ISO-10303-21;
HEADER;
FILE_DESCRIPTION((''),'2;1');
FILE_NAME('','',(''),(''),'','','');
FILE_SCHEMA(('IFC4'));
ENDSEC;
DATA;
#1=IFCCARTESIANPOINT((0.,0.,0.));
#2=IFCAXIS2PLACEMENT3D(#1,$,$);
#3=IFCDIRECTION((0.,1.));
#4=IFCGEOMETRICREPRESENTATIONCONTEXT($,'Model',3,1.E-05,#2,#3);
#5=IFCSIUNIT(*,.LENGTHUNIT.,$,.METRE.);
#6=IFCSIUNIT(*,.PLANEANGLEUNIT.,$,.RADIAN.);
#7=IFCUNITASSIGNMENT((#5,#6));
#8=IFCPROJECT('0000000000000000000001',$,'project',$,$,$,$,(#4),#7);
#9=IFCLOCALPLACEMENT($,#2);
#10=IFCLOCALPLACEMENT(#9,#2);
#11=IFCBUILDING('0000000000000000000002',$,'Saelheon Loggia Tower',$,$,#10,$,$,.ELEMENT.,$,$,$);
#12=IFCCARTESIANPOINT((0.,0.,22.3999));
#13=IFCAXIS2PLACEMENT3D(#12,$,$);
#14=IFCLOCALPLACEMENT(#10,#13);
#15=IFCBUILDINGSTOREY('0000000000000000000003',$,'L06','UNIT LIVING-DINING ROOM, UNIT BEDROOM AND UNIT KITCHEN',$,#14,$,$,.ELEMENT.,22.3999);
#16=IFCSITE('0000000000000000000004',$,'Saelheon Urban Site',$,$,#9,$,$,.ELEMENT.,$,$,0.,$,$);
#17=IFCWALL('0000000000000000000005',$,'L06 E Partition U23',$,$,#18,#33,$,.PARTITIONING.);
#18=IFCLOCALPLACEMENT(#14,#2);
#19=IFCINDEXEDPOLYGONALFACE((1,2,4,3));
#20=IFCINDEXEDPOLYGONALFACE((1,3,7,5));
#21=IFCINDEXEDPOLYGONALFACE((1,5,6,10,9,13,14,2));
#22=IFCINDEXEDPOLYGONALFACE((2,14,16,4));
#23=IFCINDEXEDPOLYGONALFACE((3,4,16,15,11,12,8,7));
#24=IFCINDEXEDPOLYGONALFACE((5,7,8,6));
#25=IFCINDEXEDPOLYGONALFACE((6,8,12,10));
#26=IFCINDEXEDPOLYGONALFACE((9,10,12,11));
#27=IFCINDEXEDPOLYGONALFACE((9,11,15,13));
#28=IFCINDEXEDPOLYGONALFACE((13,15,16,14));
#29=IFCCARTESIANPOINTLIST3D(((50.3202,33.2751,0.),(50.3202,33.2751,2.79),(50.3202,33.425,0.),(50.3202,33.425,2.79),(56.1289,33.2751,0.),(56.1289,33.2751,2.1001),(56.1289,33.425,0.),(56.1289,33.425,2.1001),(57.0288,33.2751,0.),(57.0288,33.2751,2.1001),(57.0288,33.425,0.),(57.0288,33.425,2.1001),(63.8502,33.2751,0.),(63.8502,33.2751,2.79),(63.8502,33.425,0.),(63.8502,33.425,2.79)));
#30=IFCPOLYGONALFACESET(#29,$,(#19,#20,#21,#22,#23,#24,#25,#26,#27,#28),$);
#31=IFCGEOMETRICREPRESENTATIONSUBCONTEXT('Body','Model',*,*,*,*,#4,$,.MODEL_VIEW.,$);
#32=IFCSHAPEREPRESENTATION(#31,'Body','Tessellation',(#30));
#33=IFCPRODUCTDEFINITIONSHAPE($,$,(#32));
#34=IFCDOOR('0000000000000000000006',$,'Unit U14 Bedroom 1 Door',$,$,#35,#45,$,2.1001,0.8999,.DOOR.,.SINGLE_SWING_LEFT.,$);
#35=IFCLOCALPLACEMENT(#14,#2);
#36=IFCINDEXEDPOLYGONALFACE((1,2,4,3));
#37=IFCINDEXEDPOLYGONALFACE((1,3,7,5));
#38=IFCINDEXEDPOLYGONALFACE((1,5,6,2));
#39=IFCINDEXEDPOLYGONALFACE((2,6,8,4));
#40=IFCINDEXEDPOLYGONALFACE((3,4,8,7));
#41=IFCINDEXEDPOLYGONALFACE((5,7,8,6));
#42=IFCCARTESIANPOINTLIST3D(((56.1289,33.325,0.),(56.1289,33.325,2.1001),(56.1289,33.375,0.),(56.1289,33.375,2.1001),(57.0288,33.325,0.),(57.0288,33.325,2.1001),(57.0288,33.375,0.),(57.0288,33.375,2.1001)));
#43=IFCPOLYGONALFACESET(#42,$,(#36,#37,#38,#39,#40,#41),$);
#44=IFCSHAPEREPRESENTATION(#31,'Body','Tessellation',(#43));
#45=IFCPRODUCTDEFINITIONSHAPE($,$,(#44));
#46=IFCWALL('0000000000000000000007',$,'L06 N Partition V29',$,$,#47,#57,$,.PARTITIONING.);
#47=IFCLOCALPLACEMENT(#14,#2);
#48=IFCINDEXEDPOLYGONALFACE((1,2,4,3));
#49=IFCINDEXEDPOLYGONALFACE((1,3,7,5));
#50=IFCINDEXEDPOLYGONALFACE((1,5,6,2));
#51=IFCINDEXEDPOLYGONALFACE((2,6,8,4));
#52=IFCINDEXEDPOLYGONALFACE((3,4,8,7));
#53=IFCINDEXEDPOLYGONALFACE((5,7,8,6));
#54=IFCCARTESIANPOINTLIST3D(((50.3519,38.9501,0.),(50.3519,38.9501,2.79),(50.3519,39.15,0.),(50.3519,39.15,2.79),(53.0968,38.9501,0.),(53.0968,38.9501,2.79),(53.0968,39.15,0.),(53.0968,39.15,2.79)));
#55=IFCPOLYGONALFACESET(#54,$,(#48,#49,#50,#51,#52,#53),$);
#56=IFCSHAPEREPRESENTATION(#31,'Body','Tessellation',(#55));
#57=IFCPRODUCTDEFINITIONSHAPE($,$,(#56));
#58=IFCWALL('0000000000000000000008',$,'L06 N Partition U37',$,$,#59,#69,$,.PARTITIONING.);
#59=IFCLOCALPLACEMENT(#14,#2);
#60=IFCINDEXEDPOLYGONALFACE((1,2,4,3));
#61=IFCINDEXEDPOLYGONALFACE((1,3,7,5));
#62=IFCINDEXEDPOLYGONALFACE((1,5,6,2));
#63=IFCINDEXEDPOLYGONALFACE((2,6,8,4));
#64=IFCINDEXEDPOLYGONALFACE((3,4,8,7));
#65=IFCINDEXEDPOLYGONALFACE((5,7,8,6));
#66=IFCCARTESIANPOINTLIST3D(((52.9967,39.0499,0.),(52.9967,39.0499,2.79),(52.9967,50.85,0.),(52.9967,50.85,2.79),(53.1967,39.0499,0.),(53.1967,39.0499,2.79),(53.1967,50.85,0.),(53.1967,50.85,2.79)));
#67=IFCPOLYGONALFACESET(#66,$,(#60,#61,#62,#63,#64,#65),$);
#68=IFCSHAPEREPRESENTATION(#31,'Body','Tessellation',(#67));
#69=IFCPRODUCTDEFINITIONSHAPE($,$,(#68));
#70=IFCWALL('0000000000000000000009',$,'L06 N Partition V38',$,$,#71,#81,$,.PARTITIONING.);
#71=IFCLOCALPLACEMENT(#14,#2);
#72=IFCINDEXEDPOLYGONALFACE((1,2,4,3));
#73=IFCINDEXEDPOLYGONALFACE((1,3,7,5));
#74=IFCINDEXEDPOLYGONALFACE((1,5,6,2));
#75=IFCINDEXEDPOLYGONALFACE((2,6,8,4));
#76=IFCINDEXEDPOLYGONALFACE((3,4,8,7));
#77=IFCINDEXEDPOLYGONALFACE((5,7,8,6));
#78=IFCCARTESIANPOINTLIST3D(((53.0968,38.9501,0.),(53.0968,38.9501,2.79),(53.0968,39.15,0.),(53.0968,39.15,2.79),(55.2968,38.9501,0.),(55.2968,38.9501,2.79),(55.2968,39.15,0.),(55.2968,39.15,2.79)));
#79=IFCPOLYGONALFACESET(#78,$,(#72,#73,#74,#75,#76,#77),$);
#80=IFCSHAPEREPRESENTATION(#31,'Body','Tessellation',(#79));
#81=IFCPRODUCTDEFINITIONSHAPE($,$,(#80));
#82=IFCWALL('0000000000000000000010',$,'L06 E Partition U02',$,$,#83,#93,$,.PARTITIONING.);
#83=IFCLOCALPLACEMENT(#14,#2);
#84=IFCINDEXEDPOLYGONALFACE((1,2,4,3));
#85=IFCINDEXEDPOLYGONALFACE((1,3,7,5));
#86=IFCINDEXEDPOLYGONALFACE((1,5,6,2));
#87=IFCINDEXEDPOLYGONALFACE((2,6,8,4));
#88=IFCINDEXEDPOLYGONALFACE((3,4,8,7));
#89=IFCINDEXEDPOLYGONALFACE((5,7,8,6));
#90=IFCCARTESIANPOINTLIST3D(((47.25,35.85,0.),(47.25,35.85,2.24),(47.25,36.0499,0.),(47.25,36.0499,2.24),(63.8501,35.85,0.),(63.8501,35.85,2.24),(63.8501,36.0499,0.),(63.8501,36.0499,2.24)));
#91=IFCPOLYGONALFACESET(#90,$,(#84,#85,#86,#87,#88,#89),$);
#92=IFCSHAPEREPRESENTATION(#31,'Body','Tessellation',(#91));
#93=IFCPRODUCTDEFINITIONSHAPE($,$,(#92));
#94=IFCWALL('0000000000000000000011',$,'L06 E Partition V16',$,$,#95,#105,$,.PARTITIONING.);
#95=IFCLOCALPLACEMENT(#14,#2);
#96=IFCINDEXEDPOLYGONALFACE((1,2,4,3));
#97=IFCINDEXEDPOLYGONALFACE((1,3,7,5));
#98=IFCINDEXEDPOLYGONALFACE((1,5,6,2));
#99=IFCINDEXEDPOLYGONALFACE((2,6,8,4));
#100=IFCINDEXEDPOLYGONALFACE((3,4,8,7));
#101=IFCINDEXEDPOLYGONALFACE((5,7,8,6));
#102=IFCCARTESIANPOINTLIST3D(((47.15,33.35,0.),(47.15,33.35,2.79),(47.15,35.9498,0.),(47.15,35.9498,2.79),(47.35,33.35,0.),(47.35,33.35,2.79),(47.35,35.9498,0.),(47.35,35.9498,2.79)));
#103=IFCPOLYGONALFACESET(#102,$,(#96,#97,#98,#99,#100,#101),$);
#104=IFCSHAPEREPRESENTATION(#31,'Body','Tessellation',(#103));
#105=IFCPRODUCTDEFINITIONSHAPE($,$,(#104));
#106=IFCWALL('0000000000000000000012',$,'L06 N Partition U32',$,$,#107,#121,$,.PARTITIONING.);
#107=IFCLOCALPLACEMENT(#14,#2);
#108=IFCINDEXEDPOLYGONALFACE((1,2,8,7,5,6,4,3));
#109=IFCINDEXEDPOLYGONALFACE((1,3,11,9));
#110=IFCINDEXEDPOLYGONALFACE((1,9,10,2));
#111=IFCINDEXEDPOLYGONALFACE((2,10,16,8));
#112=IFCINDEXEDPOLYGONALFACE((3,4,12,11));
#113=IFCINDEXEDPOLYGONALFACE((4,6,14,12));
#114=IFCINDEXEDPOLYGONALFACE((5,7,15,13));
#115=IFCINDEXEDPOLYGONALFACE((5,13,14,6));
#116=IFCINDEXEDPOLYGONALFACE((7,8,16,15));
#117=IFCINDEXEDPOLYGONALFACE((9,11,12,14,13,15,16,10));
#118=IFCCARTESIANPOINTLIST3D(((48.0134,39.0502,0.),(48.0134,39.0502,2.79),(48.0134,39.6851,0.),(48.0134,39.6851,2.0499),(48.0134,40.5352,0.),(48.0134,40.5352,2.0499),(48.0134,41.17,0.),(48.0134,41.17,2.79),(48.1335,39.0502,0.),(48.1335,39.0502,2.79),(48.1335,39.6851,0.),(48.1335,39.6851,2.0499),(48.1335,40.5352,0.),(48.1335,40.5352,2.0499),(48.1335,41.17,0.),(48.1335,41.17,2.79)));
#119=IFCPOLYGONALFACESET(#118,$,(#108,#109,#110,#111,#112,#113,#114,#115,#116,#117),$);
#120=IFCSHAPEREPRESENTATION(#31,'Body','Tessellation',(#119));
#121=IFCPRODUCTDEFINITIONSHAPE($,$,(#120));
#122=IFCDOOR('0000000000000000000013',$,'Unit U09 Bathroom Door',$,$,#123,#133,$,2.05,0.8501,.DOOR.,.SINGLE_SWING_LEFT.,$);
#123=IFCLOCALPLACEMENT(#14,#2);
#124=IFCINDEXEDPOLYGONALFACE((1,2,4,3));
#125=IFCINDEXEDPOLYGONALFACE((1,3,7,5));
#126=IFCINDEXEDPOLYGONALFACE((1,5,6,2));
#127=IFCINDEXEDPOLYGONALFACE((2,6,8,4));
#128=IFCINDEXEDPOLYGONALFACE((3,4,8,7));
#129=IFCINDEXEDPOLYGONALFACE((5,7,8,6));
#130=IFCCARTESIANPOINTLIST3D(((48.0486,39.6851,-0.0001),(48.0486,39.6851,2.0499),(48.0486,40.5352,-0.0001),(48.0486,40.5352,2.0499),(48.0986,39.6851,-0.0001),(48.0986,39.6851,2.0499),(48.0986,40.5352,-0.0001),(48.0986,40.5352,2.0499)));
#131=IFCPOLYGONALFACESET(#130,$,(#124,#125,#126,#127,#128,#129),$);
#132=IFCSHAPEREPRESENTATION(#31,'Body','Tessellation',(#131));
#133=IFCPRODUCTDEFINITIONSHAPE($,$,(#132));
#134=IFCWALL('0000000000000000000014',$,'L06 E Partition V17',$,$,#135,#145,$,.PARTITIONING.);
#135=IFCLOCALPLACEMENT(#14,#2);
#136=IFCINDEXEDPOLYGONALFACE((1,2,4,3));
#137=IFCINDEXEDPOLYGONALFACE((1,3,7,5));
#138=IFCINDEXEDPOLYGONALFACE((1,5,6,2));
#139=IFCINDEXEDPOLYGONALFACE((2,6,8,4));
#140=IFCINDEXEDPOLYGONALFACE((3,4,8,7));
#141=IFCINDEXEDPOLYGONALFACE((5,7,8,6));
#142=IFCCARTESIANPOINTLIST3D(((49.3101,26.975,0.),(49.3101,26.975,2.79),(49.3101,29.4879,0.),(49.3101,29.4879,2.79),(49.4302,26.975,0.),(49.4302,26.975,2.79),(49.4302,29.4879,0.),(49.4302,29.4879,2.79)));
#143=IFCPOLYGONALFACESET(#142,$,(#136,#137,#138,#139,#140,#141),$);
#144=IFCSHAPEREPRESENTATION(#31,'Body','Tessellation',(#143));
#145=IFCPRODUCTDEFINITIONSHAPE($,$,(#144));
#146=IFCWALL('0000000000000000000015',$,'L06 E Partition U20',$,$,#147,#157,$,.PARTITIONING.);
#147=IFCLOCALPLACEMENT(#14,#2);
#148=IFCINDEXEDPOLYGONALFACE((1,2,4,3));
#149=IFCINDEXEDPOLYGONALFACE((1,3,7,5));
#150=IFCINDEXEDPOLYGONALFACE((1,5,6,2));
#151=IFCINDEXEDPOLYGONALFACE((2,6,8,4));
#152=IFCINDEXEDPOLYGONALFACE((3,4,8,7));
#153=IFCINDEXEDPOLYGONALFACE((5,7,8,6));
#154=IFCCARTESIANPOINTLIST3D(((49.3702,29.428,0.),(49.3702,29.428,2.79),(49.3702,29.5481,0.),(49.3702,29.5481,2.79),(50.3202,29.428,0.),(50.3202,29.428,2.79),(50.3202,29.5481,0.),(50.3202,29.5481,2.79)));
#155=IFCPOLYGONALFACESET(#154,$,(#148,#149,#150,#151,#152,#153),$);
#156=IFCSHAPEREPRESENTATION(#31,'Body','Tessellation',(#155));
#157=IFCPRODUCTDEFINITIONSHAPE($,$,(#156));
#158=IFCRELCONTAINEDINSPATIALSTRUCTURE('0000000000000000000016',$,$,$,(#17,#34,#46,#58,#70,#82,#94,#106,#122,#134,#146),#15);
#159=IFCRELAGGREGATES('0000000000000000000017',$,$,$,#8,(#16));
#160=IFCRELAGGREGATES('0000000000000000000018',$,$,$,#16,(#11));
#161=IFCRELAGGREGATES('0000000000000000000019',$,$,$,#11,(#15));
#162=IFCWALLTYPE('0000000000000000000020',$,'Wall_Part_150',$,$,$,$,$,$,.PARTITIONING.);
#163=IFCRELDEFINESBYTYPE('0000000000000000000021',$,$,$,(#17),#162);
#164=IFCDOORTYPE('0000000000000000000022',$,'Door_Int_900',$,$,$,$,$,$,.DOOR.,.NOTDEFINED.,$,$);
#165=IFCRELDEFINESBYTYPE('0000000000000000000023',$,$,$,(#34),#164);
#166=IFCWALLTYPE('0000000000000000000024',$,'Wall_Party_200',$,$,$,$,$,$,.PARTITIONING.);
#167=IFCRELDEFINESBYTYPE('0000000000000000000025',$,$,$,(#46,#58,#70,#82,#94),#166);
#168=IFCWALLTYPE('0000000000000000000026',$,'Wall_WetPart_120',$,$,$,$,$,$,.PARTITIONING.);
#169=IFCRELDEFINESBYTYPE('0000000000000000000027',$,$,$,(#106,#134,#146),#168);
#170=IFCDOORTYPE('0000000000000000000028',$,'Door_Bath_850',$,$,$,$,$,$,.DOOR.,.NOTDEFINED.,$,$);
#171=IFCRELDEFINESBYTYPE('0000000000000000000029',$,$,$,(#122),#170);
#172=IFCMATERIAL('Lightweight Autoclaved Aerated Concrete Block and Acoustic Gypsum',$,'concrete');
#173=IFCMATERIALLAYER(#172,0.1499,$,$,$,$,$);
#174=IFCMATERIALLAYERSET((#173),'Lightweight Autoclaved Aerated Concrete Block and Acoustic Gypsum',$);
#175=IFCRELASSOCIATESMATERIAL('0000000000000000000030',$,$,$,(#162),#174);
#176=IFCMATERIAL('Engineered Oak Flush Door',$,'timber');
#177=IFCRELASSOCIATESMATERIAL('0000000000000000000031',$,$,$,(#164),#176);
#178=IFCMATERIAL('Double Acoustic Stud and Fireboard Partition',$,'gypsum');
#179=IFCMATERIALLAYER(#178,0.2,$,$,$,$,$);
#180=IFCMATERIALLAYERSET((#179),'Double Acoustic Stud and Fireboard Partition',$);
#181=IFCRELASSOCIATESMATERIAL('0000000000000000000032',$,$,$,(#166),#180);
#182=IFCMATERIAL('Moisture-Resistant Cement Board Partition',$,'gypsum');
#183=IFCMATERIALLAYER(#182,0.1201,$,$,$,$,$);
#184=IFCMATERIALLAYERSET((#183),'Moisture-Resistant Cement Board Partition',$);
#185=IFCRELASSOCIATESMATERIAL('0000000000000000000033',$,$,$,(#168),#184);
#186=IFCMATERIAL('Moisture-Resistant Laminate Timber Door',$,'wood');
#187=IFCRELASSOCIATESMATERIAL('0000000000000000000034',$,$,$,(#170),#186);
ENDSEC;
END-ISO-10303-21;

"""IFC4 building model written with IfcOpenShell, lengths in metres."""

from ifc_helpers import new_model, si_unit, direction, frame, frame_2d, origin, place, context, subcontext, project, spatial, rectangle, extrude, source, transform, mapped, material, layer, layer_set, type_object, element, fill, save


model = new_model("IFC4")

# Units and contexts
model_context = context("Model", 3, precision=1e-05, world=origin(), true_north=direction((0.0, 1.0)))
body_context = subcontext(model_context, "Body", "Model", "MODEL_VIEW")
ifc_project = project(units=[si_unit("LENGTHUNIT", "METRE"), si_unit("PLANEANGLEUNIT", "RADIAN")], contexts=[model_context])

# Site, building, storey
site_placement = place(None, origin())
site = spatial("IfcSite", under=ifc_project, at=site_placement, Name="Saelheon Urban Site", CompositionType="ELEMENT", RefElevation=0.0)
building_placement = place(site_placement, origin())
building = spatial("IfcBuilding", under=site, at=building_placement, Name="Saelheon Loggia Tower", CompositionType="ELEMENT")
storey_placement = place(building_placement, frame((0.0, 0.0, 22.3999)))
storey = spatial("IfcBuildingStorey", under=building, at=storey_placement, Name="L06", Description="UNIT LIVING-DINING ROOM, UNIT BEDROOM AND UNIT KITCHEN", CompositionType="ELEMENT", Elevation=22.3999)

# Shared definitions
ifc_material_1 = material(Name="Lightweight Autoclaved Aerated Concrete Block and Acoustic Gypsum", Category="concrete")
ifc_layer_1 = layer(ifc_material_1, 0.1499)
ifc_layer_set_1 = layer_set([ifc_layer_1], Name="Lightweight Autoclaved Aerated Concrete Block and Acoustic Gypsum")
wall_type_1 = type_object("IfcWallType", Name="Wall_Part_150", PredefinedType="PARTITIONING", material=ifc_layer_set_1)
ifc_material_2 = material(Name="Engineered Oak Flush Door", Category="timber")
door_type_1 = type_object("IfcDoorType", Name="Door_Int_900", OperationType="NOTDEFINED", PredefinedType="DOOR", material=ifc_material_2)
shared_shape_1 = source(origin(), body_context, "Body", "SweptSolid", [
    extrude(rectangle(XDim=0.8999, YDim=2.1001, at=frame_2d((0.45, 1.05))), frame((0.0, 0.0249, 0.0), z_axis=(0.0, -1.0, 0.0), x_axis=(1.0, 0.0, 0.0)), (0.0, 0.0, 1.0), 0.05),
])

# Wall, opening, door
wall_1_placement = place(storey_placement, frame((50.3201, 33.3501, 0.0), z_axis=(0.0, 0.0, 1.0), x_axis=(1.0, 0.0, 0.0)))
wall_1 = element("IfcWall", 1, at=wall_1_placement, inside=storey, type_object=wall_type_1, Name="L06 E Partition U23", PredefinedType="PARTITIONING", context=body_context, shape_type="SweptSolid", body=[
    extrude(rectangle(XDim=13.53, YDim=0.1499, at=frame_2d((6.7651, 0.0))), origin(), (0.0, 0.0, 1.0), 2.79),
])
opening_1_placement = place(wall_1_placement, frame((5.8088, 0.0, 0.0)))
opening_1 = element("IfcOpeningElement", 2, at=opening_1_placement, cuts=wall_1, PredefinedType="OPENING", context=body_context, shape_type="SweptSolid", body=[
    extrude(rectangle(XDim=0.8999, YDim=2.1001, at=frame_2d((0.45, 1.05))), frame((0.0, 0.0869, 0.0), z_axis=(0.0, -1.0, 0.0), x_axis=(1.0, 0.0, 0.0)), (0.0, 0.0, 1.0), 0.1738),
])
door_1_placement = place(opening_1_placement, origin())
door_1 = element("IfcDoor", 3, at=door_1_placement, inside=storey, type_object=door_type_1, Name="Unit U14 Bedroom 1 Door", OperationType="SINGLE_SWING_LEFT", OverallHeight=2.1001, OverallWidth=0.8999, PredefinedType="DOOR", context=body_context, shape_type="MappedRepresentation", body=[
    mapped(shared_shape_1, transform((0.0, 0.0, 0.0), scale=1.0)),
])
fill(opening_1, door_1)
ifc_material_3 = material(Name="Double Acoustic Stud and Fireboard Partition", Category="gypsum")
ifc_layer_2 = layer(ifc_material_3, 0.2)
ifc_layer_set_2 = layer_set([ifc_layer_2], Name="Double Acoustic Stud and Fireboard Partition")
wall_type_2 = type_object("IfcWallType", Name="Wall_Party_200", PredefinedType="PARTITIONING", material=ifc_layer_set_2)

# Walls
wall_2_placement = place(storey_placement, frame((50.3518, 39.05, 0.0), z_axis=(0.0, 0.0, 1.0), x_axis=(1.0, 0.0, 0.0)))
element("IfcWall", 4, at=wall_2_placement, inside=storey, type_object=wall_type_2, Name="L06 N Partition V29", PredefinedType="PARTITIONING", context=body_context, shape_type="SweptSolid", body=[
    extrude(rectangle(XDim=2.7449, YDim=0.2, at=frame_2d((1.3726, 0.0))), origin(), (0.0, 0.0, 1.0), 2.79),
])
wall_3_placement = place(storey_placement, frame((53.0967, 39.05, 0.0), z_axis=(0.0, 0.0, 1.0), x_axis=(0.0, 1.0, 0.0)))
element("IfcWall", 5, at=wall_3_placement, inside=storey, type_object=wall_type_2, Name="L06 N Partition U37", PredefinedType="PARTITIONING", context=body_context, shape_type="SweptSolid", body=[
    extrude(rectangle(XDim=11.8, YDim=0.2, at=frame_2d((5.8999, 0.0))), origin(), (0.0, 0.0, 1.0), 2.79),
])
wall_4_placement = place(storey_placement, frame((53.0967, 39.05, 0.0), z_axis=(0.0, 0.0, 1.0), x_axis=(1.0, 0.0, 0.0)))
element("IfcWall", 6, at=wall_4_placement, inside=storey, type_object=wall_type_2, Name="L06 N Partition V38", PredefinedType="PARTITIONING", context=body_context, shape_type="SweptSolid", body=[
    extrude(rectangle(XDim=2.2, YDim=0.2, at=frame_2d((1.1001, 0.0))), origin(), (0.0, 0.0, 1.0), 2.79),
])

# Walls
wall_5_placement = place(storey_placement, frame((47.25, 35.95, 0.0), z_axis=(0.0, 0.0, 1.0), x_axis=(1.0, 0.0, 0.0)))
element("IfcWall", 7, at=wall_5_placement, inside=storey, type_object=wall_type_2, Name="L06 E Partition U02", PredefinedType="PARTITIONING", context=body_context, shape_type="SweptSolid", body=[
    extrude(rectangle(XDim=16.6001, YDim=0.2, at=frame_2d((8.3, 0.0))), origin(), (0.0, 0.0, 1.0), 2.24),
])
wall_6_placement = place(storey_placement, frame((47.25, 33.3501, 0.0), z_axis=(0.0, 0.0, 1.0), x_axis=(0.0, 1.0, 0.0)))
element("IfcWall", 8, at=wall_6_placement, inside=storey, type_object=wall_type_2, Name="L06 E Partition V16", PredefinedType="PARTITIONING", context=body_context, shape_type="SweptSolid", body=[
    extrude(rectangle(XDim=2.5999, YDim=0.2, at=frame_2d((1.2998, 0.0))), origin(), (0.0, 0.0, 1.0), 2.79),
])

# Wall, opening, door
ifc_material_4 = material(Name="Moisture-Resistant Cement Board Partition", Category="gypsum")
ifc_layer_3 = layer(ifc_material_4, 0.1201)
ifc_layer_set_3 = layer_set([ifc_layer_3], Name="Moisture-Resistant Cement Board Partition")
wall_type_3 = type_object("IfcWallType", Name="Wall_WetPart_120", PredefinedType="PARTITIONING", material=ifc_layer_set_3)
wall_7_placement = place(storey_placement, frame((48.0735, 39.05, 0.0), z_axis=(0.0, 0.0, 1.0), x_axis=(0.0, 1.0, 0.0)))
wall_7 = element("IfcWall", 9, at=wall_7_placement, inside=storey, type_object=wall_type_3, Name="L06 N Partition U32", PredefinedType="PARTITIONING", context=body_context, shape_type="SweptSolid", body=[
    extrude(rectangle(XDim=2.1199, YDim=0.1201, at=frame_2d((1.0601, 0.0))), origin(), (0.0, 0.0, 1.0), 2.79),
])
opening_2_placement = place(wall_7_placement, frame((0.635, 0.0, 0.0)))
opening_2 = element("IfcOpeningElement", 10, at=opening_2_placement, cuts=wall_7, PredefinedType="OPENING", context=body_context, shape_type="SweptSolid", body=[
    extrude(rectangle(XDim=0.8501, YDim=2.05, at=frame_2d((0.425, 1.0249))), frame((0.0, 0.072, 0.0), z_axis=(0.0, -1.0, 0.0), x_axis=(1.0, 0.0, 0.0)), (0.0, 0.0, 1.0), 0.144),
])
ifc_material_5 = material(Name="Moisture-Resistant Laminate Timber Door", Category="wood")
door_type_2 = type_object("IfcDoorType", Name="Door_Bath_850", OperationType="NOTDEFINED", PredefinedType="DOOR", material=ifc_material_5)
shared_shape_2 = source(origin(), body_context, "Body", "SweptSolid", [
    extrude(rectangle(XDim=0.8501, YDim=2.05, at=frame_2d((0.425, 1.0249))), frame((0.0, 0.0249, 0.0), z_axis=(0.0, -1.0, 0.0), x_axis=(1.0, 0.0, 0.0)), (0.0, 0.0, 1.0), 0.05),
])
door_2_placement = place(opening_2_placement, origin())
door_2 = element("IfcDoor", 11, at=door_2_placement, inside=storey, type_object=door_type_2, Name="Unit U09 Bathroom Door", OperationType="SINGLE_SWING_LEFT", OverallHeight=2.05, OverallWidth=0.8501, PredefinedType="DOOR", context=body_context, shape_type="MappedRepresentation", body=[
    mapped(shared_shape_2, transform((0.0, 0.0, 0.0), scale=1.0)),
])
fill(opening_2, door_2)

# Walls
wall_8_placement = place(storey_placement, frame((49.3701, 26.9751, 0.0), z_axis=(0.0, 0.0, 1.0), x_axis=(0.0, 1.0, 0.0)))
element("IfcWall", 12, at=wall_8_placement, inside=storey, type_object=wall_type_3, Name="L06 E Partition V17", PredefinedType="PARTITIONING", context=body_context, shape_type="SweptSolid", body=[
    extrude(rectangle(XDim=2.5129, YDim=0.1201, at=frame_2d((1.2563, 0.0))), origin(), (0.0, 0.0, 1.0), 2.79),
])
wall_9_placement = place(storey_placement, frame((49.3701, 29.488, 0.0), z_axis=(0.0, 0.0, 1.0), x_axis=(1.0, 0.0, 0.0)))
element("IfcWall", 13, at=wall_9_placement, inside=storey, type_object=wall_type_3, Name="L06 E Partition U20", PredefinedType="PARTITIONING", context=body_context, shape_type="SweptSolid", body=[
    extrude(rectangle(XDim=0.95, YDim=0.1201, at=frame_2d((0.4751, 0.0))), origin(), (0.0, 0.0, 1.0), 2.79),
])

save(model, "model.ifc")
